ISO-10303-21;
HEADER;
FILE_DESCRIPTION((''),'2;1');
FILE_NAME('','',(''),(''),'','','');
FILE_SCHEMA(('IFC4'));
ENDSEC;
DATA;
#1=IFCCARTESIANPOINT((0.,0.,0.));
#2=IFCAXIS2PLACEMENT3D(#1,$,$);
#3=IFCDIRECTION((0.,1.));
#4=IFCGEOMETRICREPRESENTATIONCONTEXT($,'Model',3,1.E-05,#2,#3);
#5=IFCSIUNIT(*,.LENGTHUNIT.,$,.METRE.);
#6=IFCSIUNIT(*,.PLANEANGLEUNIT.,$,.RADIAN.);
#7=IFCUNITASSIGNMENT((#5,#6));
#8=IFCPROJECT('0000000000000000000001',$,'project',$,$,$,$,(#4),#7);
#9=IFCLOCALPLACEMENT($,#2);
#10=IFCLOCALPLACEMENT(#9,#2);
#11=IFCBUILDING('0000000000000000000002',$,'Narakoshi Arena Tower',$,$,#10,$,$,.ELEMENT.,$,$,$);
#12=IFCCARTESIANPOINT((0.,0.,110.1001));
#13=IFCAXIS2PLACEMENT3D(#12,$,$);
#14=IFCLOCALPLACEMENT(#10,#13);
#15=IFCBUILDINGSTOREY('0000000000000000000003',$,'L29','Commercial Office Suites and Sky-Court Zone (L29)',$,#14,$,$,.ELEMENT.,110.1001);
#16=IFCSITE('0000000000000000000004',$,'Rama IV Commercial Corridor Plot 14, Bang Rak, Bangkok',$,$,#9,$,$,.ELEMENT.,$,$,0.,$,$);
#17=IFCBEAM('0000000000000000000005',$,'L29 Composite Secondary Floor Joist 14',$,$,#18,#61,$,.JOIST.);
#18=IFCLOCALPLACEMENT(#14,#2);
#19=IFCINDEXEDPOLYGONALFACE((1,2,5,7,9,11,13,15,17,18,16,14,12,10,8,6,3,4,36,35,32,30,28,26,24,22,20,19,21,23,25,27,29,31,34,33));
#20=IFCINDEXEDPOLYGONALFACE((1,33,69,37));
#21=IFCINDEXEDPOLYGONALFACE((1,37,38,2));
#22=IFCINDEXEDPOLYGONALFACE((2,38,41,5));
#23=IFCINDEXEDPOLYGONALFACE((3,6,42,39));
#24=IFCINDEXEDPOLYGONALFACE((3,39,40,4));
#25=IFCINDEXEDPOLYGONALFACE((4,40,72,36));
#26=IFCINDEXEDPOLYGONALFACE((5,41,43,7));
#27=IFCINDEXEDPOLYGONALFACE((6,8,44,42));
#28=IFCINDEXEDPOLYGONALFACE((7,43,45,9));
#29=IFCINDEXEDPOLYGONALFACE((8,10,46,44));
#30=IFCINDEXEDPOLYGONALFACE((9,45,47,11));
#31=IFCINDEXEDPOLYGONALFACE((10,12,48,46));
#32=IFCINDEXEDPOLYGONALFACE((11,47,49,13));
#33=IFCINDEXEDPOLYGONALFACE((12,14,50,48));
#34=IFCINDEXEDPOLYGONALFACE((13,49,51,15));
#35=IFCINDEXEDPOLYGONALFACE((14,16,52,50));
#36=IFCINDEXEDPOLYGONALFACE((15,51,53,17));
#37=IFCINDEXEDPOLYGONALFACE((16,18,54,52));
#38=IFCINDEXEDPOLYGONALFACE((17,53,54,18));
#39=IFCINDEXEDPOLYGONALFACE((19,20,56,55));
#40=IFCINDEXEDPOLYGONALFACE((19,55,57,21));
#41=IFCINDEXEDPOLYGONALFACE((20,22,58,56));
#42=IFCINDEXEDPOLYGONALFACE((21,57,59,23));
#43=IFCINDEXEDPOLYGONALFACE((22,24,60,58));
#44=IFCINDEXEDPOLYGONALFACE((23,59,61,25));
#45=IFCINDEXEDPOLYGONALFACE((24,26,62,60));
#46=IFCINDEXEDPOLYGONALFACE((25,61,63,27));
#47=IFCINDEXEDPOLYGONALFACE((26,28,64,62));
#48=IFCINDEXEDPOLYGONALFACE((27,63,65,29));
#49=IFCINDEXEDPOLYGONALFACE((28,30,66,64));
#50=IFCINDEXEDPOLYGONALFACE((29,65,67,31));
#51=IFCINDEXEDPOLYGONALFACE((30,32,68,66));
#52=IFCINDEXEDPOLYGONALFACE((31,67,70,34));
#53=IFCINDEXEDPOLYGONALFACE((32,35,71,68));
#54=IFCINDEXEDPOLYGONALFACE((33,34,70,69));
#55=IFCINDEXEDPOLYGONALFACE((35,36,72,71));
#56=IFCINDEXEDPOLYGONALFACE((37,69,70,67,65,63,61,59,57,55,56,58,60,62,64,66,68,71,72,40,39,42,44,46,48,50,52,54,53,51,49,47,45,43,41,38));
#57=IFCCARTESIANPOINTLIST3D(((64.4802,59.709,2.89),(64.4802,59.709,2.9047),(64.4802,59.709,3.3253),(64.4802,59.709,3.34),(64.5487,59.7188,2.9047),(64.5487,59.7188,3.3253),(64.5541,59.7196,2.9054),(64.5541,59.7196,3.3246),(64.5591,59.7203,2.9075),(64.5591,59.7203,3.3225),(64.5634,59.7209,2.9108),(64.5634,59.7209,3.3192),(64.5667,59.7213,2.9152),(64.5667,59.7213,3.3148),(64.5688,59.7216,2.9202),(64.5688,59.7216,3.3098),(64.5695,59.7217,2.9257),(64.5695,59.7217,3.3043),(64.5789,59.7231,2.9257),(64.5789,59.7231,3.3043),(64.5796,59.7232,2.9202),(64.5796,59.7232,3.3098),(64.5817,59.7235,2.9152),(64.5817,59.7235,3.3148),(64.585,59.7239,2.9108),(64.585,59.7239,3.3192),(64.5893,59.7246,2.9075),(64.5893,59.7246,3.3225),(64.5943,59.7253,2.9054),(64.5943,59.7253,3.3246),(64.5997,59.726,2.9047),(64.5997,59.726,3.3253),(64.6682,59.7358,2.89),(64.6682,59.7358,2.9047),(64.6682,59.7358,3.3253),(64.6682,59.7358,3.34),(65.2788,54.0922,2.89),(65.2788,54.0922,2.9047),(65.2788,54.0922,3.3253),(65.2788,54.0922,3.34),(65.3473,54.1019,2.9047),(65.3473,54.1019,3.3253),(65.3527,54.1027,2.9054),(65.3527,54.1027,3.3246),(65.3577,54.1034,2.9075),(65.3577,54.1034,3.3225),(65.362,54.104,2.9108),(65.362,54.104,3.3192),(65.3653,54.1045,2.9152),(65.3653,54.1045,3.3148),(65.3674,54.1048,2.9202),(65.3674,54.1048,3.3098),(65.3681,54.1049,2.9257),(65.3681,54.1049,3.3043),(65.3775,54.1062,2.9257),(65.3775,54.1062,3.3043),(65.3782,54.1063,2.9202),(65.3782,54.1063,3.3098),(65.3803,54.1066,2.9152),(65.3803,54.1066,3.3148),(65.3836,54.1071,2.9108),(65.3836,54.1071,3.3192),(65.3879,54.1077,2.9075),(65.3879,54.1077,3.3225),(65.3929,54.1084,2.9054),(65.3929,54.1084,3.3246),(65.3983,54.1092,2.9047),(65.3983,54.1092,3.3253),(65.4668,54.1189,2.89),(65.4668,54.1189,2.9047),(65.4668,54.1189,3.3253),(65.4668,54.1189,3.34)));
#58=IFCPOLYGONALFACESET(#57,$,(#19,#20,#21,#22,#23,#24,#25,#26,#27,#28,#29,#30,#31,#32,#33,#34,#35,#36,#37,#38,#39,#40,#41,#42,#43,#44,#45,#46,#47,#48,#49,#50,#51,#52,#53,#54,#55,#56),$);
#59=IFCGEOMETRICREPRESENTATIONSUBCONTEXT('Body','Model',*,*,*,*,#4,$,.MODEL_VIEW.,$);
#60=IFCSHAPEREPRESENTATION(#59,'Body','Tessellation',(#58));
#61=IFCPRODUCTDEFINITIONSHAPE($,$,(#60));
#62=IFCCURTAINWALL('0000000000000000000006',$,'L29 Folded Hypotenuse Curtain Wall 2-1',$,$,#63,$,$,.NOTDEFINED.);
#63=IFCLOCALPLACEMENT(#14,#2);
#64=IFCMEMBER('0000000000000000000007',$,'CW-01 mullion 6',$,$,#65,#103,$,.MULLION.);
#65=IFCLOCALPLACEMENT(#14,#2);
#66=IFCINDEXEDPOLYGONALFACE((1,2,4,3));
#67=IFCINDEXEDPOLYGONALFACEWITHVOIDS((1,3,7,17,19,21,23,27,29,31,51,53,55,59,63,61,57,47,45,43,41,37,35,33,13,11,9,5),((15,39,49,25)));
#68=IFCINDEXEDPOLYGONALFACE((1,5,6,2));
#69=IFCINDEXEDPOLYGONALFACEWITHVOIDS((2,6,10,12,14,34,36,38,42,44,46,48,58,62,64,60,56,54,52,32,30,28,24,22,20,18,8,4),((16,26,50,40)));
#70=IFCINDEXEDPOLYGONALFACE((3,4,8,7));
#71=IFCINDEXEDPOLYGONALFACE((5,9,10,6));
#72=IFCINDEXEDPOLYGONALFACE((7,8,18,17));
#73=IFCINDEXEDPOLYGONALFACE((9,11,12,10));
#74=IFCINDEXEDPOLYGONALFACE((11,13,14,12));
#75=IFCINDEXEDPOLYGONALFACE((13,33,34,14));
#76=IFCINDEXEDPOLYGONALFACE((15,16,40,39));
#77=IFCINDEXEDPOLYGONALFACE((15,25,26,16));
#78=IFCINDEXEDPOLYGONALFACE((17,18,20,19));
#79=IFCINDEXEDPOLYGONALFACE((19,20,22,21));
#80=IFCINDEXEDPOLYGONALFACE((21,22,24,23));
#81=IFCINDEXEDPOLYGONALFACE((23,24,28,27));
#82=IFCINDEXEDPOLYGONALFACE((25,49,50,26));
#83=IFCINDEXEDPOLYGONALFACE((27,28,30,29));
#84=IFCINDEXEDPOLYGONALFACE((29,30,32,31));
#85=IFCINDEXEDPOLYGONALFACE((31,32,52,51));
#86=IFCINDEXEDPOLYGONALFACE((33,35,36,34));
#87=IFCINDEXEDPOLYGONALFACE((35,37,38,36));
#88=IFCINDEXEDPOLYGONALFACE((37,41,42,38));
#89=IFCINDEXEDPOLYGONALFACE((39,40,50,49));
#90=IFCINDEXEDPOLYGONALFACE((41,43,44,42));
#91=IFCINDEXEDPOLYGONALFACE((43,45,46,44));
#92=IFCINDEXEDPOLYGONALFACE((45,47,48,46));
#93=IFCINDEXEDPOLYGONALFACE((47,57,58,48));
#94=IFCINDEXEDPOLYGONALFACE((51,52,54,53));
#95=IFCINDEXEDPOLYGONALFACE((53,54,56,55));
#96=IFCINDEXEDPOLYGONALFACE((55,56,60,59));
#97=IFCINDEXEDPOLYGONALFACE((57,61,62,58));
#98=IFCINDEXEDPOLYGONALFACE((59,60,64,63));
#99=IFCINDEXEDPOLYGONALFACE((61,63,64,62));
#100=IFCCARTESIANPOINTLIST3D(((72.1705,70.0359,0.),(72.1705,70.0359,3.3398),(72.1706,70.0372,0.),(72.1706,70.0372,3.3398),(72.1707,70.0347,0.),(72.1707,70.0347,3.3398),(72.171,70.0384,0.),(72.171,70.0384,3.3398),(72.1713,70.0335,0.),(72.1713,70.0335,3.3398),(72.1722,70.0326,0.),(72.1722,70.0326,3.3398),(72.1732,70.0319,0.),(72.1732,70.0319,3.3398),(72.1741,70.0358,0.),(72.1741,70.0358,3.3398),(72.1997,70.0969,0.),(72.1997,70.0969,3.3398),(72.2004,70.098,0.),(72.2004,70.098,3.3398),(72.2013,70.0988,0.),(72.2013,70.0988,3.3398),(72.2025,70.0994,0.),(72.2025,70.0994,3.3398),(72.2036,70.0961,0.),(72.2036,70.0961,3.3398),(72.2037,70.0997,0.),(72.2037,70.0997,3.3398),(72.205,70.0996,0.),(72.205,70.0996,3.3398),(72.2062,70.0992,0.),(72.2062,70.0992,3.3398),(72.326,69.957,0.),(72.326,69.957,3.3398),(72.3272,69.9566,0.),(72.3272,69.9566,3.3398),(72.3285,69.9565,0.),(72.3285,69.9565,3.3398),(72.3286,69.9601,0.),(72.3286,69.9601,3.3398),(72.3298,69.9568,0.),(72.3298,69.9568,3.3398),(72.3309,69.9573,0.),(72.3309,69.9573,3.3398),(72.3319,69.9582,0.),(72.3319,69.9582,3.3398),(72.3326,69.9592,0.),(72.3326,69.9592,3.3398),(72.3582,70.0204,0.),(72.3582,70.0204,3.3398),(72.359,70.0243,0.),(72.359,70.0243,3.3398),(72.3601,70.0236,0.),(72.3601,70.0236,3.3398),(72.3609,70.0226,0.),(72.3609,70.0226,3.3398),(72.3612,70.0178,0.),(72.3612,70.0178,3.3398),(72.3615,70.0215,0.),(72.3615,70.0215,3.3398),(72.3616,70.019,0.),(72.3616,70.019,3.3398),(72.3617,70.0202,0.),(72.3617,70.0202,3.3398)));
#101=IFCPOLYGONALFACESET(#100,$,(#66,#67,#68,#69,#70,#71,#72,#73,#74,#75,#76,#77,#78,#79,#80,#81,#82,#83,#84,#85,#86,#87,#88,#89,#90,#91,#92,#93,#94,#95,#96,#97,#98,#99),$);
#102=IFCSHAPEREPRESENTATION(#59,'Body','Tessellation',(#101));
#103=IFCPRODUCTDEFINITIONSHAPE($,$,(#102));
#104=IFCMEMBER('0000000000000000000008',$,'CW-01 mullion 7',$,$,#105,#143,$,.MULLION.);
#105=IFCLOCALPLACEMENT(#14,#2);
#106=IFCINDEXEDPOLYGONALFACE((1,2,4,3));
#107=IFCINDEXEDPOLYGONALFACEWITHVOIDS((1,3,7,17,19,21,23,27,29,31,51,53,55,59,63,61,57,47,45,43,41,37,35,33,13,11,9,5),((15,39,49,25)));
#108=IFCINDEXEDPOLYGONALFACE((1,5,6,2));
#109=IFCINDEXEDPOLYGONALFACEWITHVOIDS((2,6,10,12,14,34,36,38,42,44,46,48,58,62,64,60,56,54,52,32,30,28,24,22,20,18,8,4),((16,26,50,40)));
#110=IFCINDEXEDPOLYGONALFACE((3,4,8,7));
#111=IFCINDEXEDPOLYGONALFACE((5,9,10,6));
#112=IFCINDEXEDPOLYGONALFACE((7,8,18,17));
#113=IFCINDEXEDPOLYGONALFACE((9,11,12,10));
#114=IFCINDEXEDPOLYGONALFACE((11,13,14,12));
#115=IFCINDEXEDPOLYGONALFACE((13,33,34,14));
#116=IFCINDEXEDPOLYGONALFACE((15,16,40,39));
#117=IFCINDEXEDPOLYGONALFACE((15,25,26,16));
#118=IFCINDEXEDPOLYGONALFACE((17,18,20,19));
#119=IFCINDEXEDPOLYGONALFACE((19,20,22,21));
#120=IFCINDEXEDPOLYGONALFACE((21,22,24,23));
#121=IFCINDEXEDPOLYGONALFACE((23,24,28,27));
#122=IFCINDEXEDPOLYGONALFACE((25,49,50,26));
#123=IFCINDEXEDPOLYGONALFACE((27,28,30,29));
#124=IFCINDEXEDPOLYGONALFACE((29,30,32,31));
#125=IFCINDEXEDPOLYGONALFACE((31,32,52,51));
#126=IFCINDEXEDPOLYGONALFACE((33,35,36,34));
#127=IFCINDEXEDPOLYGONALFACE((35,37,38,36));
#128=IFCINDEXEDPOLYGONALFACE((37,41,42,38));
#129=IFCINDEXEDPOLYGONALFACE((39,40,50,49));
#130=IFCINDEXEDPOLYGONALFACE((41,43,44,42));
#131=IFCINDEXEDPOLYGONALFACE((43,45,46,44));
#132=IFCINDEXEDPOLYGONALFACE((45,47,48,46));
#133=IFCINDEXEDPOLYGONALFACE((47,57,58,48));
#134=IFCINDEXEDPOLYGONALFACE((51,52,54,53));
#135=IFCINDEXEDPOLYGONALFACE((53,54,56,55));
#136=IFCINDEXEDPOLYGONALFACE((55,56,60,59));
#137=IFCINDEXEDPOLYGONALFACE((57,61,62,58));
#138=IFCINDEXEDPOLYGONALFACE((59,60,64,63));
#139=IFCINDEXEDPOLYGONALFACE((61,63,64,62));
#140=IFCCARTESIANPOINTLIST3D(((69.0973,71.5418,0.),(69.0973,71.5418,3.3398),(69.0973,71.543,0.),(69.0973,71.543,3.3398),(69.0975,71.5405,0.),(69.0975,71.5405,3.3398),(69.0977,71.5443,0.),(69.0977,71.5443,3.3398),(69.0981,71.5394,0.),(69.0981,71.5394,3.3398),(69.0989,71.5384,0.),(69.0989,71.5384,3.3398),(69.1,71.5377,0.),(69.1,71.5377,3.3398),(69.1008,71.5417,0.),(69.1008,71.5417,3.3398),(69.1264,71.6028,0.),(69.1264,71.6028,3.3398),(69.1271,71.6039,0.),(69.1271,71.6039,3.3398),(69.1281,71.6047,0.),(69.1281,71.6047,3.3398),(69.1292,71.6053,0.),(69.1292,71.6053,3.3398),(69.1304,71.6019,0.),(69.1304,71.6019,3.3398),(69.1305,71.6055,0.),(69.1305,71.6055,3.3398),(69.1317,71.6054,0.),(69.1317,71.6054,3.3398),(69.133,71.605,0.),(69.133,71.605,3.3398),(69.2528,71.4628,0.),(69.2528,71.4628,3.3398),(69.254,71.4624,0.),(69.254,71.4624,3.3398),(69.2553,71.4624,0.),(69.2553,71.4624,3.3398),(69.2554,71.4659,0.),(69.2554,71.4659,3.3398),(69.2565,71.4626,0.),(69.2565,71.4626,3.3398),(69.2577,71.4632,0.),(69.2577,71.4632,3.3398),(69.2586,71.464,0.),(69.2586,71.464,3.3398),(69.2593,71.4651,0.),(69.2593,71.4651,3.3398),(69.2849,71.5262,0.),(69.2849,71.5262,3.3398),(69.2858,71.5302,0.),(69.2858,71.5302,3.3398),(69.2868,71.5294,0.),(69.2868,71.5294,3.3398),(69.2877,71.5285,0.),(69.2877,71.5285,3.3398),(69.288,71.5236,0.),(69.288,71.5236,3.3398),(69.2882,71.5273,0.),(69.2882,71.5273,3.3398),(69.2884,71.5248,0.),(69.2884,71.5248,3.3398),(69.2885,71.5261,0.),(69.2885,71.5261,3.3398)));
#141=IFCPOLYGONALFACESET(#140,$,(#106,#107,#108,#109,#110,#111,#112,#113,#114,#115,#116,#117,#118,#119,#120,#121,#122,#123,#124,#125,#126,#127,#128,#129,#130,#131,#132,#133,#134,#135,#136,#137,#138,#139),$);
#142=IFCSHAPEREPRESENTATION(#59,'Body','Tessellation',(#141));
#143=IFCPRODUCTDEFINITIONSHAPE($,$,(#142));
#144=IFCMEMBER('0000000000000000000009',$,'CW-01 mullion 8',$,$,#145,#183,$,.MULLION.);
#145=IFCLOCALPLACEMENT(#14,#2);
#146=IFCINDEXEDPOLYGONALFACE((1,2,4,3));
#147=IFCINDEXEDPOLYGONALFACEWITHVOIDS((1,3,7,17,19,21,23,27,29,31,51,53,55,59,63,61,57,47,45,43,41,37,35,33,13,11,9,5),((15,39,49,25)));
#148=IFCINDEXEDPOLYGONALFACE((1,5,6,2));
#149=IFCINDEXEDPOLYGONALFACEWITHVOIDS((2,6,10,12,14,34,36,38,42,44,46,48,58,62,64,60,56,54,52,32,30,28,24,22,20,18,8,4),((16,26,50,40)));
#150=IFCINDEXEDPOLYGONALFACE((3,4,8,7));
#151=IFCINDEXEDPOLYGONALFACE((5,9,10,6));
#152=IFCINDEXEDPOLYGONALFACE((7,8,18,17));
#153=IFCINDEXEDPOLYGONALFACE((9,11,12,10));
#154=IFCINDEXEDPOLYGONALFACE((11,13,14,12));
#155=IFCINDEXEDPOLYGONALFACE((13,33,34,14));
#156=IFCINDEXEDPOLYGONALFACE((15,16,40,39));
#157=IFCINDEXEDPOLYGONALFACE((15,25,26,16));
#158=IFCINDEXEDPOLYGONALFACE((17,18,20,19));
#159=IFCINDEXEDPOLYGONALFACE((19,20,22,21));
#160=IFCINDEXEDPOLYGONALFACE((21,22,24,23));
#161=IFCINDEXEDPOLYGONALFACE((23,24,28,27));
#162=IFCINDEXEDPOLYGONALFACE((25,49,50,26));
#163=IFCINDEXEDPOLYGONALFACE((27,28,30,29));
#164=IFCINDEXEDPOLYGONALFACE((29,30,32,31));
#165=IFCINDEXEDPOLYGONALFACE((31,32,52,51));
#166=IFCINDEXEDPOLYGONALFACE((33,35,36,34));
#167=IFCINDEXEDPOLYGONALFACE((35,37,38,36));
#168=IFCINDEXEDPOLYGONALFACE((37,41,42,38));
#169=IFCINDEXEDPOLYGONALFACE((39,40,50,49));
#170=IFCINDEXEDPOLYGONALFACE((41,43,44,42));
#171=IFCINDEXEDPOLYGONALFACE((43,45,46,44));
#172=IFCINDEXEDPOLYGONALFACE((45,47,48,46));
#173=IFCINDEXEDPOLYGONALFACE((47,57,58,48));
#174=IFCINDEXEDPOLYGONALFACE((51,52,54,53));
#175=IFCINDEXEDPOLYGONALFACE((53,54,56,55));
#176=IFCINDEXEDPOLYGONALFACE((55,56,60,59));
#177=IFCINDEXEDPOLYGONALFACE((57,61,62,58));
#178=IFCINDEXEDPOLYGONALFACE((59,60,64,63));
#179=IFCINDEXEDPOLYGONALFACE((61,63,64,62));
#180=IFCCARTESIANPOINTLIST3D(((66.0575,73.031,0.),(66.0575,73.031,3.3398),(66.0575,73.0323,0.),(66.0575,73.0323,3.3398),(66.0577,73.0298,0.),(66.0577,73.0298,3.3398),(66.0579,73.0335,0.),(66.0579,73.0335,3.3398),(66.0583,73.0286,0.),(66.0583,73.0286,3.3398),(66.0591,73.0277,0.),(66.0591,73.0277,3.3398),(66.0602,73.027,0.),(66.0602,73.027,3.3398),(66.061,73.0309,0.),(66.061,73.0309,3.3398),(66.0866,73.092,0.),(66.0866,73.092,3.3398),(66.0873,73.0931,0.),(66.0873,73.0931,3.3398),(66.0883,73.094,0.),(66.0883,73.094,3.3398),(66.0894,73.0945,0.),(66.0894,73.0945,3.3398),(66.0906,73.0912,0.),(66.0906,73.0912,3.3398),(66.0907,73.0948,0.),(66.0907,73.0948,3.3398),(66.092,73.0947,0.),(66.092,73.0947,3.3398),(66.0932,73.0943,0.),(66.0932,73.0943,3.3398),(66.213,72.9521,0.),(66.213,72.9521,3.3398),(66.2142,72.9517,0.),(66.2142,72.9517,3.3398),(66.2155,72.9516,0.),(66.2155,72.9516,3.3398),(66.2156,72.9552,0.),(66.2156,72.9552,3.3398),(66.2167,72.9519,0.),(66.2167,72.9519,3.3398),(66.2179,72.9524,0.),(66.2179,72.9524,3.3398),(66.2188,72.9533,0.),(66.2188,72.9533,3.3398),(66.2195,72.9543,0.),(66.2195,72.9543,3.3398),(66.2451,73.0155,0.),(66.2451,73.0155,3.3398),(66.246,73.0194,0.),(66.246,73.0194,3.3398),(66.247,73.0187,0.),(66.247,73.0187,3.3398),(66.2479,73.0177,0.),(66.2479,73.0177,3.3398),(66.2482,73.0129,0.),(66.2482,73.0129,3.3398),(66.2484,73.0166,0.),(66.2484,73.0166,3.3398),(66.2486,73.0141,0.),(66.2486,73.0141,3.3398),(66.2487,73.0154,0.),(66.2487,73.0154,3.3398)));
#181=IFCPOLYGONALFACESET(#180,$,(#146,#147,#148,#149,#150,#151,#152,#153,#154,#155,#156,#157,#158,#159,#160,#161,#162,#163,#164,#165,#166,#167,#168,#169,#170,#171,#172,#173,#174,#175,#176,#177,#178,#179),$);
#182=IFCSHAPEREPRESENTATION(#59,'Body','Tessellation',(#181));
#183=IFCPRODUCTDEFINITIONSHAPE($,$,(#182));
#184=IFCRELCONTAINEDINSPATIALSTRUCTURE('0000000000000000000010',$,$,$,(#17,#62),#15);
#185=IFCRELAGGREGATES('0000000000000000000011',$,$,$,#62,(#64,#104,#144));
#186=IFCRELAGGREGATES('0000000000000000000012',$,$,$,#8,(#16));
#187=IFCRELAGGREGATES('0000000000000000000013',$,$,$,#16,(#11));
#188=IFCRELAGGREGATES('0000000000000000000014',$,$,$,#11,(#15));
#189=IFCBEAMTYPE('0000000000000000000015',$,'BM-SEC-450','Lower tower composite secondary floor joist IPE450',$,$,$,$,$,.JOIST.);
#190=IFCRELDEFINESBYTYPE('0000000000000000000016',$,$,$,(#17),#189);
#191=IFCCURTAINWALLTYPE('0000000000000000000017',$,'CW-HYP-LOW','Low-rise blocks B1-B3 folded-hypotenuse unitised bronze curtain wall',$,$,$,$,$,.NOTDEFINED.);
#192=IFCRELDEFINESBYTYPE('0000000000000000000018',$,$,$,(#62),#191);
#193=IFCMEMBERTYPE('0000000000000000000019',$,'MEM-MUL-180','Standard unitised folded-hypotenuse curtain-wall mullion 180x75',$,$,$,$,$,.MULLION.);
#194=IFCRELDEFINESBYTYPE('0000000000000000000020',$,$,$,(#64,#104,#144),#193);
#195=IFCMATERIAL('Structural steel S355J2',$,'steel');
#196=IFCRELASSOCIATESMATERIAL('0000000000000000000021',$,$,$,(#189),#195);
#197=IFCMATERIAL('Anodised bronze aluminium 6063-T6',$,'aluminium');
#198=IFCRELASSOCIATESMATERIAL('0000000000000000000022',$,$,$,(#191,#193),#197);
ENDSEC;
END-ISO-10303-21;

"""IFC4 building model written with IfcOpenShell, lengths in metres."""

from ifc_helpers import new_model, si_unit, direction, frame, origin, origin_2d, place, context, subcontext, project, spatial, hollow_rectangle, i_section, extrude, material, material_profile, profile_set, type_object, element, aggregate, save


model = new_model("IFC4")

# Units and contexts
model_context = context("Model", 3, precision=1e-05, world=origin(), true_north=direction((0.0, 1.0)))
body_context = subcontext(model_context, "Body", "Model", "MODEL_VIEW")
ifc_project = project(units=[si_unit("LENGTHUNIT", "METRE"), si_unit("PLANEANGLEUNIT", "RADIAN")], contexts=[model_context])

# Site, building, storey
site_placement = place(None, origin())
site = spatial("IfcSite", under=ifc_project, at=site_placement, Name="Rama IV Commercial Corridor Plot 14, Bang Rak, Bangkok", CompositionType="ELEMENT", RefElevation=0.0)
building_placement = place(site_placement, origin())
building = spatial("IfcBuilding", under=site, at=building_placement, Name="Narakoshi Arena Tower", CompositionType="ELEMENT")
storey_placement = place(building_placement, frame((0.0, 0.0, 110.1001)))
storey = spatial("IfcBuildingStorey", under=building, at=storey_placement, Name="L29", Description="Commercial Office Suites and Sky-Court Zone (L29)", CompositionType="ELEMENT", Elevation=110.1001)

# Beam
ifc_material_1 = material(Name="Structural steel S355J2", Category="steel")
ifc_material_profile_1 = material_profile(ifc_material_1, i_section(OverallWidth=0.1899, OverallDepth=0.45, WebThickness=0.0095, FlangeThickness=0.0146, FilletRadius=0.021, at=origin_2d()), Name="IPE450")
ifc_profile_set_1 = profile_set([ifc_material_profile_1], Name="Structural steel S355J2")
beam_type_1 = type_object("IfcBeamType", Name="BM-SEC-450", Description="Lower tower composite secondary floor joist IPE450", PredefinedType="JOIST", material=ifc_profile_set_1)
beam_1_placement = place(storey_placement, frame((64.5742, 59.7224, 3.115), z_axis=(0.140759, -0.990044, 0.0), x_axis=(0.990044, 0.140759, 0.0)))
element("IfcBeam", 1, at=beam_1_placement, inside=storey, type_object=beam_type_1, Name="L29 Composite Secondary Floor Joist 14", PredefinedType="JOIST", context=body_context, shape_type="SweptSolid", body=[
    extrude(i_section(OverallWidth=0.1899, OverallDepth=0.45, WebThickness=0.0095, FlangeThickness=0.0146, FilletRadius=0.021, at=origin_2d()), origin(), (0.0, 0.0, 1.0), 5.6733),
])

# Curtain wall, members
ifc_material_2 = material(Name="Anodised bronze aluminium 6063-T6", Category="aluminium")
curtain_wall_type = type_object("IfcCurtainWallType", Name="CW-HYP-LOW", Description="Low-rise blocks B1-B3 folded-hypotenuse unitised bronze curtain wall", PredefinedType="NOTDEFINED", material=ifc_material_2)
curtain_wall_placement = place(storey_placement, origin())
curtain_wall = element("IfcCurtainWall", 2, at=curtain_wall_placement, inside=storey, type_object=curtain_wall_type, Name="L29 Folded Hypotenuse Curtain Wall 2-1", PredefinedType="NOTDEFINED")
ifc_material_profile_2 = material_profile(ifc_material_2, hollow_rectangle(XDim=0.075, YDim=0.1799, WallThickness=0.0039, OuterFilletRadius=0.0049, at=origin_2d()), Name="MUL180x75x4")
ifc_profile_set_2 = profile_set([ifc_material_profile_2], Name="Anodised bronze aluminium 6063-T6")
member_type_1 = type_object("IfcMemberType", Name="MEM-MUL-180", Description="Standard unitised folded-hypotenuse curtain-wall mullion 180x75", PredefinedType="MULLION", material=ifc_profile_set_2)
member_1_placement = place(storey_placement, frame((72.2661, 70.0281, 0.0), z_axis=(0.0, 0.0, 1.0), x_axis=(-0.440005, -0.897996, 0.0)))
member_1 = element("IfcMember", 3, at=member_1_placement, type_object=member_type_1, Name="CW-01 mullion 6", PredefinedType="MULLION", context=body_context, shape_type="SweptSolid", body=[
    extrude(hollow_rectangle(XDim=0.075, YDim=0.1799, WallThickness=0.0039, OuterFilletRadius=0.0049, at=origin_2d()), origin(), (0.0, 0.0, 1.0), 3.3398),
])
member_2_placement = place(storey_placement, frame((69.1929, 71.5339, 0.0), z_axis=(0.0, 0.0, 1.0), x_axis=(-0.440005, -0.897996, 0.0)))
member_2 = element("IfcMember", 4, at=member_2_placement, type_object=member_type_1, Name="CW-01 mullion 7", PredefinedType="MULLION", context=body_context, shape_type="SweptSolid", body=[
    extrude(hollow_rectangle(XDim=0.075, YDim=0.1799, WallThickness=0.0039, OuterFilletRadius=0.0049, at=origin_2d()), origin(), (0.0, 0.0, 1.0), 3.3398),
])
member_3_placement = place(storey_placement, frame((66.1531, 73.0232, 0.0), z_axis=(0.0, 0.0, 1.0), x_axis=(-0.440005, -0.897996, 0.0)))
member_3 = element("IfcMember", 5, at=member_3_placement, type_object=member_type_1, Name="CW-01 mullion 8", PredefinedType="MULLION", context=body_context, shape_type="SweptSolid", body=[
    extrude(hollow_rectangle(XDim=0.075, YDim=0.1799, WallThickness=0.0039, OuterFilletRadius=0.0049, at=origin_2d()), origin(), (0.0, 0.0, 1.0), 3.3398),
])
aggregate(curtain_wall, [member_1, member_2, member_3])

save(model, "model.ifc")
